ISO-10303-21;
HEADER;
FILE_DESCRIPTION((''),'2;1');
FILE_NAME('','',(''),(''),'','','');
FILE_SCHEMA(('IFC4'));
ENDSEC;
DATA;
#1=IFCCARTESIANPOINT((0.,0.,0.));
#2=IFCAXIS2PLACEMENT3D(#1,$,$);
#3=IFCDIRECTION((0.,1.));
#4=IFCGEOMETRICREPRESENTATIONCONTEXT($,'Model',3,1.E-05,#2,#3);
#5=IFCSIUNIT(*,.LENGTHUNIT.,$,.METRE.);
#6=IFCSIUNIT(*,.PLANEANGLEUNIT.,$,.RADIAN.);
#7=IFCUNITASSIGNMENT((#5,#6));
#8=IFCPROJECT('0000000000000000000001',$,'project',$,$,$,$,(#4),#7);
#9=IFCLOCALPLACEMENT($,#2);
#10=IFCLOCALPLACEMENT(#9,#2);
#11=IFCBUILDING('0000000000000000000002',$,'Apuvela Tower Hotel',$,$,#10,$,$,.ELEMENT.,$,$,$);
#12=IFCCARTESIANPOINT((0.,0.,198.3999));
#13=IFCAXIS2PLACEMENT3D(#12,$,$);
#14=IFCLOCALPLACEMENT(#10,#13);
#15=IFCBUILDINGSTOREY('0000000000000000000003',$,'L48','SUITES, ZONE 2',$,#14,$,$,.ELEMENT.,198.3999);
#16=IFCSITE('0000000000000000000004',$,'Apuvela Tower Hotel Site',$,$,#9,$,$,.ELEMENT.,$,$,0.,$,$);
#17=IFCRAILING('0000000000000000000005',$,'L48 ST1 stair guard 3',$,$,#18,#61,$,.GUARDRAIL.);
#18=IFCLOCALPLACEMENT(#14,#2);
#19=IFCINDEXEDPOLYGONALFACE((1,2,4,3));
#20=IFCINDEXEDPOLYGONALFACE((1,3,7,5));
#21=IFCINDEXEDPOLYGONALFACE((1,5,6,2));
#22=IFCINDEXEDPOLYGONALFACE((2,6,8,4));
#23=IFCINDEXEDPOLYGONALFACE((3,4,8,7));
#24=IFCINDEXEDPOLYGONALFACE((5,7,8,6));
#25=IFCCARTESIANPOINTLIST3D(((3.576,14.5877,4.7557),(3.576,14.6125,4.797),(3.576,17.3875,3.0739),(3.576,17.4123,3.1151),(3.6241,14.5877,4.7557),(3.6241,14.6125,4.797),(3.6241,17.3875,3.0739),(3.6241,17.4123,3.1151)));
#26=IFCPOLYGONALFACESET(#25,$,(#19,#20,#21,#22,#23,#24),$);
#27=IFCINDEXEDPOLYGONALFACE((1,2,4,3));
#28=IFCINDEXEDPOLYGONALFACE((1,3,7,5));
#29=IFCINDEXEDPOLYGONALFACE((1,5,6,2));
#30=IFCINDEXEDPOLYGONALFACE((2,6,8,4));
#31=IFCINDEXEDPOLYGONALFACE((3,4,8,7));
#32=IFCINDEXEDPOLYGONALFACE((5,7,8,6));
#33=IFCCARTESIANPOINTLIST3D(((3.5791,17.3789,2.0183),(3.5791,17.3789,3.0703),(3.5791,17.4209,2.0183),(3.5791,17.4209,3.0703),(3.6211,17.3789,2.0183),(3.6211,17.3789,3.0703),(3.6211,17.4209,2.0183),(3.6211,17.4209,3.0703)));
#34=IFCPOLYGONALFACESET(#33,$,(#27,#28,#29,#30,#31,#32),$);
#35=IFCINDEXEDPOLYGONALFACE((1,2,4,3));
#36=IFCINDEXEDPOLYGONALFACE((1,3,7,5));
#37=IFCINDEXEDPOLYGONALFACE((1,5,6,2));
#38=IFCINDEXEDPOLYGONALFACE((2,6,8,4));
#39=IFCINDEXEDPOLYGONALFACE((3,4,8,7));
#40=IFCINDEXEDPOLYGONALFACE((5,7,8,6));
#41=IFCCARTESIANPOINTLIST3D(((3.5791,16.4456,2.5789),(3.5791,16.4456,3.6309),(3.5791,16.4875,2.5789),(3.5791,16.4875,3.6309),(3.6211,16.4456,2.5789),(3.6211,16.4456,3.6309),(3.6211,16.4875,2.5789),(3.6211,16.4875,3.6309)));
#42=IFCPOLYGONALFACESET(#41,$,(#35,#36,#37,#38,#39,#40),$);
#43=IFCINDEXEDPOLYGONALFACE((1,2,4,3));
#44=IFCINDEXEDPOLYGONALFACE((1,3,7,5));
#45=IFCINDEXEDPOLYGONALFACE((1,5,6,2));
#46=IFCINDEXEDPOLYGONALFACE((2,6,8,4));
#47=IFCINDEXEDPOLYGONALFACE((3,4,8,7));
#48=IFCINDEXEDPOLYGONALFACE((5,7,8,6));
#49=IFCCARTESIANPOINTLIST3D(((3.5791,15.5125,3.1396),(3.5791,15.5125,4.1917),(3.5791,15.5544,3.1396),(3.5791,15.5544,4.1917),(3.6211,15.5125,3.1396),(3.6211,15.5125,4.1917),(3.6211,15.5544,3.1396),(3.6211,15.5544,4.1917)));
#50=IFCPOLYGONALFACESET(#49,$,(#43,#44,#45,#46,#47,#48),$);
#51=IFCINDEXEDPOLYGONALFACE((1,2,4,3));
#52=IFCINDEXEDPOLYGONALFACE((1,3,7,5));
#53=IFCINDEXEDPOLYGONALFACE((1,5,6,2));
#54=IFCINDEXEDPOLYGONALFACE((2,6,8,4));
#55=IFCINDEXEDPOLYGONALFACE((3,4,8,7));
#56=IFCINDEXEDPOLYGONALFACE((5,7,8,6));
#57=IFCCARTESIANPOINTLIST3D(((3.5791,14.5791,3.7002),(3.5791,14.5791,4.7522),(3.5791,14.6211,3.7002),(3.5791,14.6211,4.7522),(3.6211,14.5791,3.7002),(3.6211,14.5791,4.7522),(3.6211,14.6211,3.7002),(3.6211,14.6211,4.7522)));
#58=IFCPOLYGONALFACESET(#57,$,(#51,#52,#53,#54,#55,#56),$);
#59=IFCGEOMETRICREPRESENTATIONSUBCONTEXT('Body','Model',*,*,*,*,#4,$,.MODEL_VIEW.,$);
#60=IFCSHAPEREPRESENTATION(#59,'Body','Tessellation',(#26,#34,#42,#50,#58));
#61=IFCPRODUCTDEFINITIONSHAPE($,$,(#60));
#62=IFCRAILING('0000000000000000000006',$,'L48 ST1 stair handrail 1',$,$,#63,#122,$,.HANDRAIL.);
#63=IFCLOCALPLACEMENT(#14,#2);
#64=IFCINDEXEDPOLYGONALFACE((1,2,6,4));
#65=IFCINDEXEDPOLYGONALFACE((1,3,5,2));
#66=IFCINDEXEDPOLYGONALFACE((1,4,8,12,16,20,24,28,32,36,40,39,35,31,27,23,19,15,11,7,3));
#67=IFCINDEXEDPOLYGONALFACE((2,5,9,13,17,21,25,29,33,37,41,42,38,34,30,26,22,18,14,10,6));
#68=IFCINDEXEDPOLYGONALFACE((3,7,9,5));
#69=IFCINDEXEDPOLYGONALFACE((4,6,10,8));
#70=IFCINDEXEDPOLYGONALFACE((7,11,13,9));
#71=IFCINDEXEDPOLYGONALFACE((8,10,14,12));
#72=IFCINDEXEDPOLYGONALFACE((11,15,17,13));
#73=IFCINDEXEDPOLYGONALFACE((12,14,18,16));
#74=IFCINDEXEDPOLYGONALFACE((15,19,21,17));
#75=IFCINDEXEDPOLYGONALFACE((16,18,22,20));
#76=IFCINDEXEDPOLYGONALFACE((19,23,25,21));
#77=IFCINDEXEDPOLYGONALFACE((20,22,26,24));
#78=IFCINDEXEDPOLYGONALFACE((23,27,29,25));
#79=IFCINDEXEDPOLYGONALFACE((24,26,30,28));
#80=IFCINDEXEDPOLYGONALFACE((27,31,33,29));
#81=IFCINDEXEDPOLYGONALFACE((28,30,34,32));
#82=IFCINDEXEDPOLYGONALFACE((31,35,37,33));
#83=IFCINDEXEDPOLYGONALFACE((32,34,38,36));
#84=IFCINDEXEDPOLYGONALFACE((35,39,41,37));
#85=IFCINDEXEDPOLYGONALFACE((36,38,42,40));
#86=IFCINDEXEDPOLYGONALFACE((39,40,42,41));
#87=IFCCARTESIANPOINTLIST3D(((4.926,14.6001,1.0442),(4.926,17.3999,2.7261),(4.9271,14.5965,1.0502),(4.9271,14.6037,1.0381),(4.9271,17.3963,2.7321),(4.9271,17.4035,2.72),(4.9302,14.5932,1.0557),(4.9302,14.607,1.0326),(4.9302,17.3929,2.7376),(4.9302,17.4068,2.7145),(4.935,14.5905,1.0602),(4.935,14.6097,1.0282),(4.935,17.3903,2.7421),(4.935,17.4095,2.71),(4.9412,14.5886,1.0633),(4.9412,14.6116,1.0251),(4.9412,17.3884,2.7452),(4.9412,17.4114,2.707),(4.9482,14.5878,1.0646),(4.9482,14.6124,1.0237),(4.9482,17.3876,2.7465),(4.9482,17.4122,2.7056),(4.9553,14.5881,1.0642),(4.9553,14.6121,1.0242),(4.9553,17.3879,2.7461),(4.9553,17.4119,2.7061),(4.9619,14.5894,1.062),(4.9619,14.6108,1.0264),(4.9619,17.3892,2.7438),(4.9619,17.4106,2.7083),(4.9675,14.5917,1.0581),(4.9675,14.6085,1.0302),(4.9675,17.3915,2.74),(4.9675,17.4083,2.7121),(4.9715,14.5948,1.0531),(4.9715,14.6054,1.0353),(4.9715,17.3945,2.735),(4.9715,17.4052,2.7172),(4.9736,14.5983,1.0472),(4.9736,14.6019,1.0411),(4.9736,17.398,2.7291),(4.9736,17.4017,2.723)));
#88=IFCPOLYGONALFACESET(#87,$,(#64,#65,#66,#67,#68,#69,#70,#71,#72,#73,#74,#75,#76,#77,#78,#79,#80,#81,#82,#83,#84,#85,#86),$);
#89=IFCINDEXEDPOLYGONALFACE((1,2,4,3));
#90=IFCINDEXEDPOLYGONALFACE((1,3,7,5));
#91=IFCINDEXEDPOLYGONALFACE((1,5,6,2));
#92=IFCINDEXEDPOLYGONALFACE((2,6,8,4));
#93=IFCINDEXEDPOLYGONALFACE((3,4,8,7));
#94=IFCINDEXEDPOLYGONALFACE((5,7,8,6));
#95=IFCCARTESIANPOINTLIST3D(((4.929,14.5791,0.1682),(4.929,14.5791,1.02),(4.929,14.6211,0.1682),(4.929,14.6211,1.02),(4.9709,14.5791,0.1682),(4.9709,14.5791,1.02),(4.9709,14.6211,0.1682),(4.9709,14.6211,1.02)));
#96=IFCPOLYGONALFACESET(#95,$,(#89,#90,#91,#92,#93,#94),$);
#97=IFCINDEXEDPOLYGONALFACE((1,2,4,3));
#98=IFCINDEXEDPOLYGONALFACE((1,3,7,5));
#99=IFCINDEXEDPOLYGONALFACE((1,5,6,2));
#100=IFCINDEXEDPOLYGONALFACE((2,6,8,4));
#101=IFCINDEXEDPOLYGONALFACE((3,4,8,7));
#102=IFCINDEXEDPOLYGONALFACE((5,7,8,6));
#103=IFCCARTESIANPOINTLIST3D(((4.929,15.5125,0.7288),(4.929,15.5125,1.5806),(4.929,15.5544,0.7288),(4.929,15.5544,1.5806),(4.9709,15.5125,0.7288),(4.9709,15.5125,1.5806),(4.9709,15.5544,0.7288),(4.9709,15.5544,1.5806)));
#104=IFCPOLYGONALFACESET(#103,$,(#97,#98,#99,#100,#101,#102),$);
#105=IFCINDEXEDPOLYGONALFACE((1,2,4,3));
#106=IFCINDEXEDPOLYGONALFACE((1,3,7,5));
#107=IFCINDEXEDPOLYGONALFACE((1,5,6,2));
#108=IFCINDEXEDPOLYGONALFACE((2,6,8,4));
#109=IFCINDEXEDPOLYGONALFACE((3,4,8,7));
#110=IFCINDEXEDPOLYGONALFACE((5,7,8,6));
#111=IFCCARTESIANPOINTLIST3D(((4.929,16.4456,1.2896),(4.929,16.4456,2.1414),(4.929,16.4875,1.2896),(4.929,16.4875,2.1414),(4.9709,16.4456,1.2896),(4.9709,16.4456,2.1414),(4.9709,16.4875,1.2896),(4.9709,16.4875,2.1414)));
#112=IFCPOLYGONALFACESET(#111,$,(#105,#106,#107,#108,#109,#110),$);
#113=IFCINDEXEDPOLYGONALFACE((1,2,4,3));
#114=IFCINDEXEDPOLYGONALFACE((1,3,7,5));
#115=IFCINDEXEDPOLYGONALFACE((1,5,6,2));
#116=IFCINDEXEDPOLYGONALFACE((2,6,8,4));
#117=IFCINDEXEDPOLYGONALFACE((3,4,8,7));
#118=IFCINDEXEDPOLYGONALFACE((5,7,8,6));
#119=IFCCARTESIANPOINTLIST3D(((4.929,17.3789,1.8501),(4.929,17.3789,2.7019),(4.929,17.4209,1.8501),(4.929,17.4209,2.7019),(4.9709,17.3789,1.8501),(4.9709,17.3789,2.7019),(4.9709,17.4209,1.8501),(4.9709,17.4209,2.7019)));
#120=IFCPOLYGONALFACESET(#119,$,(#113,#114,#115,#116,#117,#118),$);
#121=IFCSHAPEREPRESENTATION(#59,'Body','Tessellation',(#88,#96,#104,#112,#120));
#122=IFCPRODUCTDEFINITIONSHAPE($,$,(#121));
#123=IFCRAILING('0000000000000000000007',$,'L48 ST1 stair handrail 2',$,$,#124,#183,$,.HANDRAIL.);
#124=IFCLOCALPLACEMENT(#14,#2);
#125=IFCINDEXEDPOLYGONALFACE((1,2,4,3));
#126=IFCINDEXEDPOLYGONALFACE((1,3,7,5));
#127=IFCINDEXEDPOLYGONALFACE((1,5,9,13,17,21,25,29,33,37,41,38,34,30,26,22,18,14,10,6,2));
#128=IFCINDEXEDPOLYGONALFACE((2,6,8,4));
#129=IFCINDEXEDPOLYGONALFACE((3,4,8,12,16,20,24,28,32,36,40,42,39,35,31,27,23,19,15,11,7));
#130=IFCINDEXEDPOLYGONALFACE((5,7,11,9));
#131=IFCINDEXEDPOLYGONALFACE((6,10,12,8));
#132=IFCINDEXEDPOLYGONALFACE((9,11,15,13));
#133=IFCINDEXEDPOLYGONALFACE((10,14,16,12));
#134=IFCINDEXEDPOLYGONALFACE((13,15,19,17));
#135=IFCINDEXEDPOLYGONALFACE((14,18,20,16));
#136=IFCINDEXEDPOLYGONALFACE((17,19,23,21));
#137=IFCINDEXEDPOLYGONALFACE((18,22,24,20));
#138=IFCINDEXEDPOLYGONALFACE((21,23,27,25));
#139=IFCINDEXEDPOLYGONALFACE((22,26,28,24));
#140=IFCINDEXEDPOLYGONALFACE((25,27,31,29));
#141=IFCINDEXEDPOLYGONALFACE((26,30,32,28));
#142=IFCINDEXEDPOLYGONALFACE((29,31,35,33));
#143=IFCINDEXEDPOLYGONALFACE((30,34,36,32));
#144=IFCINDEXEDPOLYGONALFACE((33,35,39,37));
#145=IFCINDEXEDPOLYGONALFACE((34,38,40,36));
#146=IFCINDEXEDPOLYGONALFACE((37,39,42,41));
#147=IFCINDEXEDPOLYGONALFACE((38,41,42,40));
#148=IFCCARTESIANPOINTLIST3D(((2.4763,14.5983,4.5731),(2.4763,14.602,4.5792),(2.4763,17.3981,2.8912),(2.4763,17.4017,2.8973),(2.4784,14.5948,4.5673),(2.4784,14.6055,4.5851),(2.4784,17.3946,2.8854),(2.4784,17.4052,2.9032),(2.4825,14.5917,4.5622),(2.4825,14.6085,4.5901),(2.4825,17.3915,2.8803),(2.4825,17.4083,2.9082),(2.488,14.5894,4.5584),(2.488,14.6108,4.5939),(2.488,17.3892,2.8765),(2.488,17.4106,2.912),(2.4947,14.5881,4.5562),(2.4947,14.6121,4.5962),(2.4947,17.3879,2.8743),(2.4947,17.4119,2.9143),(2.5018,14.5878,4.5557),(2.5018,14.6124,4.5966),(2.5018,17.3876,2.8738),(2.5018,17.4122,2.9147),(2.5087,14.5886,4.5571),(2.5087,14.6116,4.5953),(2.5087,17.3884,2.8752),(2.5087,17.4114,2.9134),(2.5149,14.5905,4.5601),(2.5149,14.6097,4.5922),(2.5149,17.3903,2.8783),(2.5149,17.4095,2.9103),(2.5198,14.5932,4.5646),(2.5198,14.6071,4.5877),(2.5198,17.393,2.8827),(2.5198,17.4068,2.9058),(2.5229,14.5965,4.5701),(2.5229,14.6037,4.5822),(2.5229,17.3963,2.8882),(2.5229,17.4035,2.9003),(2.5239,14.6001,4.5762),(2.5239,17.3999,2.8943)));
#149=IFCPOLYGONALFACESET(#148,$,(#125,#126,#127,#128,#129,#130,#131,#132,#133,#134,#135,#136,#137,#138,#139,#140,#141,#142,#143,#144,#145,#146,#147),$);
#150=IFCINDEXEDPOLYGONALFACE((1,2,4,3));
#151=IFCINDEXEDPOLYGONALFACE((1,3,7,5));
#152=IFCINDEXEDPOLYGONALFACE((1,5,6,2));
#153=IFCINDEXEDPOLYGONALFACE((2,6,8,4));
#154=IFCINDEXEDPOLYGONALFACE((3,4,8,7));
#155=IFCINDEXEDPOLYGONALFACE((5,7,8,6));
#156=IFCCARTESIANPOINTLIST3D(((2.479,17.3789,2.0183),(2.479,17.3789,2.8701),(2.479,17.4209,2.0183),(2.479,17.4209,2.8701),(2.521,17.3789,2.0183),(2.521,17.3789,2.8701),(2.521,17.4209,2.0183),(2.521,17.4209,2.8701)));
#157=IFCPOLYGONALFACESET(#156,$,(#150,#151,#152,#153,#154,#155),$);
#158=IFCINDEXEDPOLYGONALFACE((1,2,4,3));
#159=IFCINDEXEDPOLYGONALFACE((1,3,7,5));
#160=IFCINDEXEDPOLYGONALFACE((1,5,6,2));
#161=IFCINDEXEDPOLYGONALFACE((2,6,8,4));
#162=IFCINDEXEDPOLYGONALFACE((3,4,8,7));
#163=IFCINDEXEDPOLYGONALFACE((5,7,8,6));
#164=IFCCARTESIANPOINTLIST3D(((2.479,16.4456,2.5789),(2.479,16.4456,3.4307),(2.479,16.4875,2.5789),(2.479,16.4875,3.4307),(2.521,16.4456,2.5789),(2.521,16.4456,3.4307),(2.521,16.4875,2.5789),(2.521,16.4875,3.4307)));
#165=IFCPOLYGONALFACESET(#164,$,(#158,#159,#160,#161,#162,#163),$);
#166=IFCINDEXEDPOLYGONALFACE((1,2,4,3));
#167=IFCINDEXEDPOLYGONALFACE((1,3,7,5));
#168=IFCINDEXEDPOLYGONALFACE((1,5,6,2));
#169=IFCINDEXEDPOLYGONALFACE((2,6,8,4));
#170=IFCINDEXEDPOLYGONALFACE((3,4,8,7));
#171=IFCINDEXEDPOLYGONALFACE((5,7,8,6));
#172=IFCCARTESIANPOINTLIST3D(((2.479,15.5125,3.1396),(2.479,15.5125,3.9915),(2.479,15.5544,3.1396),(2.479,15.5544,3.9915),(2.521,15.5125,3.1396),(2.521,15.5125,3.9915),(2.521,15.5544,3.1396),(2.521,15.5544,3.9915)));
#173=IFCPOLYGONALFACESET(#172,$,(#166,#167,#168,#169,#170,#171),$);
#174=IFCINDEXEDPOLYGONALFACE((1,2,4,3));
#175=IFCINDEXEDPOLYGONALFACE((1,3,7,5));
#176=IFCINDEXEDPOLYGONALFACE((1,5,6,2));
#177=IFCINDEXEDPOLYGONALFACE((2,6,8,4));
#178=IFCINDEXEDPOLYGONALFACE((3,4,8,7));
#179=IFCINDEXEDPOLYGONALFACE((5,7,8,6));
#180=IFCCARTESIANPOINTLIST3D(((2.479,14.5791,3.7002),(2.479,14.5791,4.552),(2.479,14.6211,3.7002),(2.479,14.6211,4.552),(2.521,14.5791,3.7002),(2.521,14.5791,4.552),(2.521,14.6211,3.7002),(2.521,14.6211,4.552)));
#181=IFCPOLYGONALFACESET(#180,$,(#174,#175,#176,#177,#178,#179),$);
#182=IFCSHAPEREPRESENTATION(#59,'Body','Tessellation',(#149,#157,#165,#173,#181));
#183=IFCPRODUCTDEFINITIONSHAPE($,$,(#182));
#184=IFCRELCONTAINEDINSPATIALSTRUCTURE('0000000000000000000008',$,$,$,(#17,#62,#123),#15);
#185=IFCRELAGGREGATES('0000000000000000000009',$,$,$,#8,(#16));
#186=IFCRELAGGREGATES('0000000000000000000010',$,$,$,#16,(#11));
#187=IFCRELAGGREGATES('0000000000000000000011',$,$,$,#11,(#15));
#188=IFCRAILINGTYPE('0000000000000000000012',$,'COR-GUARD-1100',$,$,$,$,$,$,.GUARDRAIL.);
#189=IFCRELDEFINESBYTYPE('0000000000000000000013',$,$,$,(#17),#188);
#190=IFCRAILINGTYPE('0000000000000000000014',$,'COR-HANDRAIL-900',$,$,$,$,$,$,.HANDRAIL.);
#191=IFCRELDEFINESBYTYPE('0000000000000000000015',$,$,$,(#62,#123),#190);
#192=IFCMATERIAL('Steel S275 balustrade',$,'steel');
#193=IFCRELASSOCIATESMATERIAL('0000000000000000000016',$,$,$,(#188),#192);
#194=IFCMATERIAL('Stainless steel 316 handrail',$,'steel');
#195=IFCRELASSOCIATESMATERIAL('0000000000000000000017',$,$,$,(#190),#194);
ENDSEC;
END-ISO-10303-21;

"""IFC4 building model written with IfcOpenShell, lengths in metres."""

from ifc_helpers import new_model, si_unit, direction, frame, origin, origin_2d, place, context, subcontext, project, spatial, rectangle, circle, extrude, material, type_object, element, save


model = new_model("IFC4")

# Units and contexts
model_context = context("Model", 3, precision=1e-05, world=origin(), true_north=direction((0.0, 1.0)))
body_context = subcontext(model_context, "Body", "Model", "MODEL_VIEW")
ifc_project = project(units=[si_unit("LENGTHUNIT", "METRE"), si_unit("PLANEANGLEUNIT", "RADIAN")], contexts=[model_context])

# Site, building, storey
site_placement = place(None, origin())
site = spatial("IfcSite", under=ifc_project, at=site_placement, Name="Apuvela Tower Hotel Site", CompositionType="ELEMENT", RefElevation=0.0)
building_placement = place(site_placement, origin())
building = spatial("IfcBuilding", under=site, at=building_placement, Name="Apuvela Tower Hotel", CompositionType="ELEMENT")
storey_placement = place(building_placement, frame((0.0, 0.0, 198.3999)))
storey = spatial("IfcBuildingStorey", under=building, at=storey_placement, Name="L48", Description="SUITES, ZONE 2", CompositionType="ELEMENT", Elevation=198.3999)

# Railings
ifc_material_1 = material(Name="Steel S275 balustrade", Category="steel")
railing_type_1 = type_object("IfcRailingType", Name="COR-GUARD-1100", PredefinedType="GUARDRAIL", material=ifc_material_1)
railing_1_placement = place(storey_placement, frame((3.6001, 17.3999, 2.0183)))
element("IfcRailing", 1, at=railing_1_placement, inside=storey, type_object=railing_type_1, Name="L48 ST1 stair guard 3", PredefinedType="GUARDRAIL", context=body_context, shape_type="SweptSolid", body=[
    extrude(rectangle(XDim=0.0481, YDim=0.0481, at=origin_2d()), frame((0.0, 0.0, 1.0762), z_axis=(0.0, -0.857222, 0.514946), x_axis=(1.0, 0.0, 0.0)), (0.0, 0.0, 1.0), 3.2661),
    extrude(rectangle(XDim=0.042, YDim=0.042, at=origin_2d()), origin(), (0.0, 0.0, 1.0), 1.052),
    extrude(rectangle(XDim=0.042, YDim=0.042, at=origin_2d()), frame((0.0, -0.9333, 0.5605)), (0.0, 0.0, 1.0), 1.052),
    extrude(rectangle(XDim=0.042, YDim=0.042, at=origin_2d()), frame((0.0, -1.8665, 1.1213)), (0.0, 0.0, 1.0), 1.052),
    extrude(rectangle(XDim=0.042, YDim=0.042, at=origin_2d()), frame((0.0, -2.7998, 1.6819)), (0.0, 0.0, 1.0), 1.052),
])
ifc_material_2 = material(Name="Stainless steel 316 handrail", Category="steel")
railing_type_2 = type_object("IfcRailingType", Name="COR-HANDRAIL-900", PredefinedType="HANDRAIL", material=ifc_material_2)
railing_2_placement = place(storey_placement, frame((4.95, 14.6001, 0.1682)))
element("IfcRailing", 2, at=railing_2_placement, inside=storey, type_object=railing_type_2, Name="L48 ST1 stair handrail 1", PredefinedType="HANDRAIL", context=body_context, shape_type="SweptSolid", body=[
    extrude(circle(Radius=0.0239, at=origin_2d()), frame((0.0, 0.0, 0.876), z_axis=(0.0, 0.857222, 0.514946), x_axis=(-1.0, 0.0, 0.0)), (0.0, 0.0, 1.0), 3.2661),
    extrude(rectangle(XDim=0.042, YDim=0.042, at=origin_2d()), origin(), (0.0, 0.0, 1.0), 0.8518),
    extrude(rectangle(XDim=0.042, YDim=0.042, at=origin_2d()), frame((0.0, 0.9333, 0.5605)), (0.0, 0.0, 1.0), 0.8518),
    extrude(rectangle(XDim=0.042, YDim=0.042, at=origin_2d()), frame((0.0, 1.8665, 1.1213)), (0.0, 0.0, 1.0), 0.8518),
    extrude(rectangle(XDim=0.042, YDim=0.042, at=origin_2d()), frame((0.0, 2.7998, 1.6819)), (0.0, 0.0, 1.0), 0.8518),
])
railing_3_placement = place(storey_placement, frame((2.5, 17.3999, 2.0183)))
element("IfcRailing", 3, at=railing_3_placement, inside=storey, type_object=railing_type_2, Name="L48 ST1 stair handrail 2", PredefinedType="HANDRAIL", context=body_context, shape_type="SweptSolid", body=[
    extrude(circle(Radius=0.0239, at=origin_2d()), frame((0.0, 0.0, 0.876), z_axis=(0.0, -0.857222, 0.514946), x_axis=(1.0, 0.0, 0.0)), (0.0, 0.0, 1.0), 3.2661),
    extrude(rectangle(XDim=0.042, YDim=0.042, at=origin_2d()), origin(), (0.0, 0.0, 1.0), 0.8518),
    extrude(rectangle(XDim=0.042, YDim=0.042, at=origin_2d()), frame((0.0, -0.9333, 0.5605)), (0.0, 0.0, 1.0), 0.8518),
    extrude(rectangle(XDim=0.042, YDim=0.042, at=origin_2d()), frame((0.0, -1.8665, 1.1213)), (0.0, 0.0, 1.0), 0.8518),
    extrude(rectangle(XDim=0.042, YDim=0.042, at=origin_2d()), frame((0.0, -2.7998, 1.6819)), (0.0, 0.0, 1.0), 0.8518),
])

save(model, "model.ifc")
